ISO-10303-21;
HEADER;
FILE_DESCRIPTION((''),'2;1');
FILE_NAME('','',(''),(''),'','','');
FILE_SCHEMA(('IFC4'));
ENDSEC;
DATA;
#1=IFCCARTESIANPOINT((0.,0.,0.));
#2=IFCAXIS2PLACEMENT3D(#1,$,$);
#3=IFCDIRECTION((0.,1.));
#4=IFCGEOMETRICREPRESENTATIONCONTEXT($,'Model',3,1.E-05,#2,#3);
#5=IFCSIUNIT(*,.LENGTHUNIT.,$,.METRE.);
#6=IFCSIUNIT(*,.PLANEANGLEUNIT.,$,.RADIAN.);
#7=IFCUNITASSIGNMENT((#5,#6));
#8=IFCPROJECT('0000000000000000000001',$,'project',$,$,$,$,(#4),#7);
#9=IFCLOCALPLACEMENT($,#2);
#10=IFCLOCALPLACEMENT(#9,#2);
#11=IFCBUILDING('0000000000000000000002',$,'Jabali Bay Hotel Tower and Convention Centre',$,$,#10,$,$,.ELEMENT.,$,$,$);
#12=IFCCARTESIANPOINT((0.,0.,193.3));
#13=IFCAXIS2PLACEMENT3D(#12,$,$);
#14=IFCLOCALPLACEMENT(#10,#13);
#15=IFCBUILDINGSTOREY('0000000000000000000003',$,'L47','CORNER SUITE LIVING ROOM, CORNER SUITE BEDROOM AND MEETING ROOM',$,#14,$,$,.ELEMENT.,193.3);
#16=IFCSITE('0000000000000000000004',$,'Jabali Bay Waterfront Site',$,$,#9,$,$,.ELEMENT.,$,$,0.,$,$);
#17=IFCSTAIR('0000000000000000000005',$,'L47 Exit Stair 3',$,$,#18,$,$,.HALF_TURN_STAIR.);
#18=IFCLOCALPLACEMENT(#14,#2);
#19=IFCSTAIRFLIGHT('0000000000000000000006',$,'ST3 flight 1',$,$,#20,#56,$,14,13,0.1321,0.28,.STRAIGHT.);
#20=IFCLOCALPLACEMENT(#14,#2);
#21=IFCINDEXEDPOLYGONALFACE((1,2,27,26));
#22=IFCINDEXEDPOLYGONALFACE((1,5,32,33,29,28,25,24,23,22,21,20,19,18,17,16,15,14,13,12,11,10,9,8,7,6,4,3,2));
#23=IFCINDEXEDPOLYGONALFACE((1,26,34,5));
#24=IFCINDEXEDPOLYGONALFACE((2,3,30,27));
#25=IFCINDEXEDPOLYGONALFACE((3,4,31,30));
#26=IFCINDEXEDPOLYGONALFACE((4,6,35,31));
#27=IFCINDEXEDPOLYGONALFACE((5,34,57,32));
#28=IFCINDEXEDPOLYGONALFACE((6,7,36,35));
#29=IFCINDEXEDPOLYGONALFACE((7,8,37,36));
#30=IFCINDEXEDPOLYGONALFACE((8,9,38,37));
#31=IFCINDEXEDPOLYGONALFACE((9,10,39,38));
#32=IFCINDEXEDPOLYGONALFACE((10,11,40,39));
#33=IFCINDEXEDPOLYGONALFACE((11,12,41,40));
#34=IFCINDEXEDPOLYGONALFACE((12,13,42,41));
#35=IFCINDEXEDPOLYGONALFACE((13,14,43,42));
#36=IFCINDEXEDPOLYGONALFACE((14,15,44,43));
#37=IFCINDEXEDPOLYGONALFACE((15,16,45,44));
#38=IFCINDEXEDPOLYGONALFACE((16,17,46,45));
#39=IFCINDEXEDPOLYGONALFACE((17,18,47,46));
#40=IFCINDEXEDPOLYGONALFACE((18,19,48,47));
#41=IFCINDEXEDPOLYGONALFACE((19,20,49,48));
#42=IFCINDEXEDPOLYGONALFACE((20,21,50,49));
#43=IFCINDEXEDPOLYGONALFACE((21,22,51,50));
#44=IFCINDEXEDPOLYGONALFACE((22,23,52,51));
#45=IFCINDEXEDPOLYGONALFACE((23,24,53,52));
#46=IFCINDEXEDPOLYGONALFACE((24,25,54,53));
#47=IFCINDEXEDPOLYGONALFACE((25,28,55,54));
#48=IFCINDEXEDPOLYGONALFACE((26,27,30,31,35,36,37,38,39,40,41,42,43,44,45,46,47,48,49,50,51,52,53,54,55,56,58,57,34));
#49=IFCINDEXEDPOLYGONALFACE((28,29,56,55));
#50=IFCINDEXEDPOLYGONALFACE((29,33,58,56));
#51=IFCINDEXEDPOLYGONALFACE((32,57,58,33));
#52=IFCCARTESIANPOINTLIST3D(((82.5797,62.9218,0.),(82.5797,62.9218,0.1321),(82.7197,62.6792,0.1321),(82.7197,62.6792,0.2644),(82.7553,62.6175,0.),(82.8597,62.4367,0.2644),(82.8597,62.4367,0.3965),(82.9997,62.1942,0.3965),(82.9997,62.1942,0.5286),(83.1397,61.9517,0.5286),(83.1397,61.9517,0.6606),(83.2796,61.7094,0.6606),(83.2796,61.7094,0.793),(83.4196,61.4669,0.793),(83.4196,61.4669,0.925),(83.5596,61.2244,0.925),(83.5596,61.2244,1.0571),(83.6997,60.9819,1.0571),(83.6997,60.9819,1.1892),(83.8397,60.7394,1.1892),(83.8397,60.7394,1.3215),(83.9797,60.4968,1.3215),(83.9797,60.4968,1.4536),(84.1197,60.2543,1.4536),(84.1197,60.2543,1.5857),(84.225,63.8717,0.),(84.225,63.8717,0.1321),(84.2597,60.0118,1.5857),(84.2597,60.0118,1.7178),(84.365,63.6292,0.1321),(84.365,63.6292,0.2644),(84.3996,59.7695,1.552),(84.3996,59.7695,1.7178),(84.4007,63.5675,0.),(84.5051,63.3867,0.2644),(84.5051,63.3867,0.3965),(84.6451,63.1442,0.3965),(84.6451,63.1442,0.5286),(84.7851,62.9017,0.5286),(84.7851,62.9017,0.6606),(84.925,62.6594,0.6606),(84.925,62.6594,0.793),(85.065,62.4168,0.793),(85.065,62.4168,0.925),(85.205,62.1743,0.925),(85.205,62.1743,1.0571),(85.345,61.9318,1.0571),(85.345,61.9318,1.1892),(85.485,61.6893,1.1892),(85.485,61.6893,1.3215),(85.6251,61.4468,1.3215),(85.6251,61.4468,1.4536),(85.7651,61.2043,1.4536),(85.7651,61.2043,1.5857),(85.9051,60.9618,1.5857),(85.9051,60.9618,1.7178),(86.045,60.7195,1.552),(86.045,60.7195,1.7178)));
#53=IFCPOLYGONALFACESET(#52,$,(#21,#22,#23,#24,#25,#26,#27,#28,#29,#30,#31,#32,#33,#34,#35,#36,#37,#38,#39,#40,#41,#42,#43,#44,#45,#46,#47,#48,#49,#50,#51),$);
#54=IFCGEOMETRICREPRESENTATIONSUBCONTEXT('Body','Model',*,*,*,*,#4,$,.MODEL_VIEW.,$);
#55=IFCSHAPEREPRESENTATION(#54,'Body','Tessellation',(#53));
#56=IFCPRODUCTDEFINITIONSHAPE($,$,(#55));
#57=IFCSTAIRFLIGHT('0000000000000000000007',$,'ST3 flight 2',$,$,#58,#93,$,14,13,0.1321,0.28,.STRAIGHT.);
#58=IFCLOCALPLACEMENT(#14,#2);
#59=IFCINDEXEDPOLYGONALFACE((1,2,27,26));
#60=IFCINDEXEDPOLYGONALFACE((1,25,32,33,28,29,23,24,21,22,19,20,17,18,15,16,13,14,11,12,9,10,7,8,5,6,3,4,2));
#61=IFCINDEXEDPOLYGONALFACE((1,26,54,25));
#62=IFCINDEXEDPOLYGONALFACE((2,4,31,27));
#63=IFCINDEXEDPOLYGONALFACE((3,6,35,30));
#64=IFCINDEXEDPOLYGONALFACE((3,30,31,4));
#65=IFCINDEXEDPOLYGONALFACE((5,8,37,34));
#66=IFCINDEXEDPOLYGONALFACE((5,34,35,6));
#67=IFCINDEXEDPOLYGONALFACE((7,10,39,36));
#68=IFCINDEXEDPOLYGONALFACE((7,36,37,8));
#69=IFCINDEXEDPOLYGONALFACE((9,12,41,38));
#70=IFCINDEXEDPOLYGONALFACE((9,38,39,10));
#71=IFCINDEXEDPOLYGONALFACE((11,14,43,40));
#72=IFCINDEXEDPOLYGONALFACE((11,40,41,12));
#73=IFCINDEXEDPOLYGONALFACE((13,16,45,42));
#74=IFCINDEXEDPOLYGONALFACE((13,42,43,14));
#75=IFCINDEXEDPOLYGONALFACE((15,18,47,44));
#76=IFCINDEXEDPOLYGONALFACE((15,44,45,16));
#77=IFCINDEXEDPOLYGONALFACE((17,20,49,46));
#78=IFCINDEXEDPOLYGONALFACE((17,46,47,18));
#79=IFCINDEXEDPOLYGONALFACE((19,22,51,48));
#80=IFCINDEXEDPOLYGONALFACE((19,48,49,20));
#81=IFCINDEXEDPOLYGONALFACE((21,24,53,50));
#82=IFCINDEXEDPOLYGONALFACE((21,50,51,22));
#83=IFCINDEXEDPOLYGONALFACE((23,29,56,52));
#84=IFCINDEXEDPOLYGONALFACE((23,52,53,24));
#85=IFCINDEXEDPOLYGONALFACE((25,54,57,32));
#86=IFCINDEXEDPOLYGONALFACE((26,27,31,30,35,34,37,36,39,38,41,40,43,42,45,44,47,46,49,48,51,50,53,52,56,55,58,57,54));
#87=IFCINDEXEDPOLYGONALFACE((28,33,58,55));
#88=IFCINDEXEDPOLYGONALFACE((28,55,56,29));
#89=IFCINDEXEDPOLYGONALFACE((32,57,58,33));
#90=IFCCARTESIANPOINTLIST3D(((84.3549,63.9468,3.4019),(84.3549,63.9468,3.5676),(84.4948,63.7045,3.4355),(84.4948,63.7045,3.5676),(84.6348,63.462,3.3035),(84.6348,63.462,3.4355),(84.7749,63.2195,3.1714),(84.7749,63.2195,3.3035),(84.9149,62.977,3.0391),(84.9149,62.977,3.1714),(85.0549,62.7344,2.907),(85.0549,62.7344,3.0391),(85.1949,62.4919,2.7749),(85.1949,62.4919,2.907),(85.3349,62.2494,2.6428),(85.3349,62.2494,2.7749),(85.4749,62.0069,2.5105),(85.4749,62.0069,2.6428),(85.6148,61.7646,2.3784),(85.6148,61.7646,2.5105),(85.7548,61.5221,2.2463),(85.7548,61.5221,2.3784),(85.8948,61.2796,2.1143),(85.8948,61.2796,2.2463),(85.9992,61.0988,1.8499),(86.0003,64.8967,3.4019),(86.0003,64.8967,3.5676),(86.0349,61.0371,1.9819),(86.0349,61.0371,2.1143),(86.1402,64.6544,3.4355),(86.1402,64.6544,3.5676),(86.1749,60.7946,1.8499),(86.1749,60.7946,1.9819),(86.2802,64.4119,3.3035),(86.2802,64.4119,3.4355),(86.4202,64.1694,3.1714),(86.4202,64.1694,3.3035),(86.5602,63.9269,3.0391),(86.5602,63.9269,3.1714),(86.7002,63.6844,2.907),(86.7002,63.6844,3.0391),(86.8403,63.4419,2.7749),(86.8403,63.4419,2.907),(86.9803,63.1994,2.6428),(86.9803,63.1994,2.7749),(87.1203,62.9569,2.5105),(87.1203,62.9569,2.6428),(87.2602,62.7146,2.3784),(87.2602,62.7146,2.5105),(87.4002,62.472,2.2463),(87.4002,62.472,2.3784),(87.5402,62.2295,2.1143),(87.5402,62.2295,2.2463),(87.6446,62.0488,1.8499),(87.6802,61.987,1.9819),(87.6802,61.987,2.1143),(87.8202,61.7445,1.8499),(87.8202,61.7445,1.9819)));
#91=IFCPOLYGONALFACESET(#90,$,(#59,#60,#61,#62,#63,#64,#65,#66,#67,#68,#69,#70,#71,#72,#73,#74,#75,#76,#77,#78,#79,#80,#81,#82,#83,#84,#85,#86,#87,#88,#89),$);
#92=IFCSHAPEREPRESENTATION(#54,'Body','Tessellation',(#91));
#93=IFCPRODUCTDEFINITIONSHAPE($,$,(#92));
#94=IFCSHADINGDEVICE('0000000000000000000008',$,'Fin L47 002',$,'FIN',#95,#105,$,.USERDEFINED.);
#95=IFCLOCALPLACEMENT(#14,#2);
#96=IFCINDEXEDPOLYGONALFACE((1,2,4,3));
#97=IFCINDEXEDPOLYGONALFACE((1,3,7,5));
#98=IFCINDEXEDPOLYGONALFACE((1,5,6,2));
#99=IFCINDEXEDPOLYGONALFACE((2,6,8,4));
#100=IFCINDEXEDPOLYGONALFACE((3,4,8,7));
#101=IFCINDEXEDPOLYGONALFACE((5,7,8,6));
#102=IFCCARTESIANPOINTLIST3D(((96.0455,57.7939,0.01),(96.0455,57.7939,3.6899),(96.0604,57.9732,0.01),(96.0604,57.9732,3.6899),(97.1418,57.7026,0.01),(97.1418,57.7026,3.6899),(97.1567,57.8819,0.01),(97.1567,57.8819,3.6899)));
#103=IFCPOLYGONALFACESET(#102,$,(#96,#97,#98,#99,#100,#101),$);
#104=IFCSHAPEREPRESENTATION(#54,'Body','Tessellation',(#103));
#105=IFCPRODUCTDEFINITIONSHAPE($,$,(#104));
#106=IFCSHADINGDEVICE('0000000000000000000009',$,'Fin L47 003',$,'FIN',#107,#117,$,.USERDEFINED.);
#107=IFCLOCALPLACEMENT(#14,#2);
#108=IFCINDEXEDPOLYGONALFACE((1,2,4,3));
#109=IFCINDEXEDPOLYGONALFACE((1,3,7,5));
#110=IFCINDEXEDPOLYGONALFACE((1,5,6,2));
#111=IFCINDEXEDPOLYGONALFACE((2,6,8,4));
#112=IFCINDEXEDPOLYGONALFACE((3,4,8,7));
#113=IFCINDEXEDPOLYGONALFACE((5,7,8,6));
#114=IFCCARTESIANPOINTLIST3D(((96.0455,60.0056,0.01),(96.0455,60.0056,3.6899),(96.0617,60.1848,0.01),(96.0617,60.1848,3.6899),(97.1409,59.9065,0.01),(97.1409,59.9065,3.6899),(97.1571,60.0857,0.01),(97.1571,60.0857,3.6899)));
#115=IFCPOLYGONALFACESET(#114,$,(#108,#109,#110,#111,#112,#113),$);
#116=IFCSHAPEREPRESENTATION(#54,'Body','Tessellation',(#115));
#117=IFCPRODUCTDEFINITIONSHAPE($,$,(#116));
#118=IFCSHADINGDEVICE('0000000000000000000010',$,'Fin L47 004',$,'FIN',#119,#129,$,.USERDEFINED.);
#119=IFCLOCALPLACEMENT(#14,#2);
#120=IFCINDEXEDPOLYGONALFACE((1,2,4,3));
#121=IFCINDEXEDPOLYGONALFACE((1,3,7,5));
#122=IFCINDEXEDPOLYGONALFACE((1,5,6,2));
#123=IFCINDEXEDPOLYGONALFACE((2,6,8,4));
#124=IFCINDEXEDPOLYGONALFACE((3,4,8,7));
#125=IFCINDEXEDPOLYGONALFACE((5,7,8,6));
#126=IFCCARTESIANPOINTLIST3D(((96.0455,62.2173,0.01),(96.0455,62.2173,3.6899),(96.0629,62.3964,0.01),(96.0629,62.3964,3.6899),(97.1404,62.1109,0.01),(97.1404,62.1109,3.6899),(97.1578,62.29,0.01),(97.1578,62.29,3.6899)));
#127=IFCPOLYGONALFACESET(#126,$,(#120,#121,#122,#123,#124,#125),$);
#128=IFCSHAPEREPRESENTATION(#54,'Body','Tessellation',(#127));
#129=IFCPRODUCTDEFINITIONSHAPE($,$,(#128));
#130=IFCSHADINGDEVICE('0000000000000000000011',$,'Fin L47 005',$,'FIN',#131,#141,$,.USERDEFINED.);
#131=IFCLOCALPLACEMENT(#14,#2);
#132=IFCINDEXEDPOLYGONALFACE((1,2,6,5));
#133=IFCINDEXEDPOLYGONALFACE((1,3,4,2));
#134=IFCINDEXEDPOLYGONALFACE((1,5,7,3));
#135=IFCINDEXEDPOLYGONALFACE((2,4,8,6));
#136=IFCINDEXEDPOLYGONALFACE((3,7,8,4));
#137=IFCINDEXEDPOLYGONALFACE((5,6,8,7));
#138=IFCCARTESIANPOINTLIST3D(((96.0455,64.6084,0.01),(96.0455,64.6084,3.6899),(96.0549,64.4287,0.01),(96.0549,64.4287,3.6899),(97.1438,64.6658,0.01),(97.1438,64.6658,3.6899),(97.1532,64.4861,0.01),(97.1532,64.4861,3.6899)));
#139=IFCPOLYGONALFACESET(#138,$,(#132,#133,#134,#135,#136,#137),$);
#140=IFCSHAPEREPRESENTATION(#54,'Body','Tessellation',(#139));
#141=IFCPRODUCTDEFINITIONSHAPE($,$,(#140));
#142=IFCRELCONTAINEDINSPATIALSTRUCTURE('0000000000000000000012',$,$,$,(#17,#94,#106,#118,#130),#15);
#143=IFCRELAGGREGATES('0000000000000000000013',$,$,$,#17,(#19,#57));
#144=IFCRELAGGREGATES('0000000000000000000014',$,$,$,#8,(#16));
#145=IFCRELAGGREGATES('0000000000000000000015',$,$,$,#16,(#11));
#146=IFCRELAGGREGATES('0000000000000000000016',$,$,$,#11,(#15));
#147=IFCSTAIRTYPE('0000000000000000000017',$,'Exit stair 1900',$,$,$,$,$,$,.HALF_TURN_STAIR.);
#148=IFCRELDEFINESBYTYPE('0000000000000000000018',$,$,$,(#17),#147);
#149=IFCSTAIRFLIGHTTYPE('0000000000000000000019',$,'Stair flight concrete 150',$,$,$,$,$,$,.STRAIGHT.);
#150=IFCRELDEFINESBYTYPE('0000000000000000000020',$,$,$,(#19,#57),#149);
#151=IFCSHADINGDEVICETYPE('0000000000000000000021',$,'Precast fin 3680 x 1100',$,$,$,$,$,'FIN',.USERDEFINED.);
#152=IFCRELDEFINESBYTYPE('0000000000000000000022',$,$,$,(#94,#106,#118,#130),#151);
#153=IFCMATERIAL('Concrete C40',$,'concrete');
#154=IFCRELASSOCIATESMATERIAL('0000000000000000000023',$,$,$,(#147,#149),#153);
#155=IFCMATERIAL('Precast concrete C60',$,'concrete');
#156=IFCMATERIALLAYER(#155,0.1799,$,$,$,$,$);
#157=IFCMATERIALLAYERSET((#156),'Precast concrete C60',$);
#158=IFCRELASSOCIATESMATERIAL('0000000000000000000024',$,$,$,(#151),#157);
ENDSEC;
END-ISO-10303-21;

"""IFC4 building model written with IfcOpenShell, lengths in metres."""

from ifc_helpers import new_model, si_unit, direction, frame, frame_2d, origin, place, context, subcontext, project, spatial, polyline, rectangle, outline, extrude, material, layer, layer_set, type_object, element, aggregate, save


model = new_model("IFC4")

# Units and contexts
model_context = context("Model", 3, precision=1e-05, world=origin(), true_north=direction((0.0, 1.0)))
body_context = subcontext(model_context, "Body", "Model", "MODEL_VIEW")
ifc_project = project(units=[si_unit("LENGTHUNIT", "METRE"), si_unit("PLANEANGLEUNIT", "RADIAN")], contexts=[model_context])

# Site, building, storey
site_placement = place(None, origin())
site = spatial("IfcSite", under=ifc_project, at=site_placement, Name="Jabali Bay Waterfront Site", CompositionType="ELEMENT", RefElevation=0.0)
building_placement = place(site_placement, origin())
building = spatial("IfcBuilding", under=site, at=building_placement, Name="Jabali Bay Hotel Tower and Convention Centre", CompositionType="ELEMENT")
storey_placement = place(building_placement, frame((0.0, 0.0, 193.3)))
storey = spatial("IfcBuildingStorey", under=building, at=storey_placement, Name="L47", Description="CORNER SUITE LIVING ROOM, CORNER SUITE BEDROOM AND MEETING ROOM", CompositionType="ELEMENT", Elevation=193.3)

# Shared definitions
ifc_material_1 = material(Name="Concrete C40", Category="concrete")

# Stair, stair flights
stair_type = type_object("IfcStairType", Name="Exit stair 1900", PredefinedType="HALF_TURN_STAIR", material=ifc_material_1)
stair_placement = place(storey_placement, origin())
stair = element("IfcStair", 1, at=stair_placement, inside=storey, type_object=stair_type, Name="L47 Exit Stair 3", PredefinedType="HALF_TURN_STAIR")
stair_flight_type = type_object("IfcStairFlightType", Name="Stair flight concrete 150", PredefinedType="STRAIGHT", material=ifc_material_1)
stair_flight_1_placement = place(storey_placement, frame((83.4023, 63.3967, 0.0), z_axis=(0.0, 0.0, 1.0), x_axis=(0.5, -0.866025, 0.0)))
stair_flight_1 = element("IfcStairFlight", 2, at=stair_flight_1_placement, type_object=stair_flight_type, Name="ST3 flight 1", NumberOfRisers=14, NumberOfTreads=13, PredefinedType="STRAIGHT", RiserHeight=0.1321, TreadLength=0.28, context=body_context, shape_type="SweptSolid", body=[
    extrude(outline(polyline([(0.0, 0.0), (0.0, 0.1321), (0.28, 0.1321), (0.28, 0.2644), (0.5601, 0.2644), (0.5601, 0.3965), (0.8401, 0.3965), (0.8401, 0.5286), (1.1201, 0.5286), (1.1201, 0.6606), (1.3999, 0.6606), (1.3999, 0.793), (1.6799, 0.793), (1.6799, 0.925), (1.96, 0.925), (1.96, 1.0571), (2.24, 1.0571), (2.24, 1.1892), (2.52, 1.1892), (2.52, 1.3215), (2.8, 1.3215), (2.8, 1.4536), (3.0801, 1.4536), (3.0801, 1.5857), (3.3601, 1.5857), (3.3601, 1.7178), (3.6399, 1.7178), (3.6399, 1.8501), (3.6399, 1.552), (0.3513, 0.0), (0.0, 0.0)])), frame((0.0, 0.95, 0.0), z_axis=(0.0, -1.0, 0.0), x_axis=(1.0, 0.0, 0.0)), (0.0, 0.0, 1.0), 1.8999),
])
stair_flight_2_placement = place(storey_placement, frame((86.9976, 61.2695, 1.8499), z_axis=(0.0, 0.0, 1.0), x_axis=(-0.5, 0.866025, 0.0)))
stair_flight_2 = element("IfcStairFlight", 3, at=stair_flight_2_placement, type_object=stair_flight_type, Name="ST3 flight 2", NumberOfRisers=14, NumberOfTreads=13, PredefinedType="STRAIGHT", RiserHeight=0.1321, TreadLength=0.28, context=body_context, shape_type="SweptSolid", body=[
    extrude(outline(polyline([(0.0, 0.0), (0.0, 0.1321), (0.28, 0.1321), (0.28, 0.2644), (0.5601, 0.2644), (0.5601, 0.3965), (0.8401, 0.3965), (0.8401, 0.5286), (1.1201, 0.5286), (1.1201, 0.6606), (1.3999, 0.6606), (1.3999, 0.793), (1.6799, 0.793), (1.6799, 0.925), (1.96, 0.925), (1.96, 1.0571), (2.24, 1.0571), (2.24, 1.1892), (2.52, 1.1892), (2.52, 1.3215), (2.8, 1.3215), (2.8, 1.4536), (3.0801, 1.4536), (3.0801, 1.5857), (3.3601, 1.5857), (3.3601, 1.7178), (3.6399, 1.7178), (3.6399, 1.8501), (3.6399, 1.552), (0.3513, 0.0), (0.0, 0.0)])), frame((0.0, 0.95, 0.0), z_axis=(0.0, -1.0, 0.0), x_axis=(1.0, 0.0, 0.0)), (0.0, 0.0, 1.0), 1.8999),
])
aggregate(stair, [stair_flight_1, stair_flight_2])

# Shading devices
ifc_material_2 = material(Name="Precast concrete C60", Category="concrete")
ifc_layer_1 = layer(ifc_material_2, 0.1799)
ifc_layer_set_1 = layer_set([ifc_layer_1], Name="Precast concrete C60")
shading_device_type = type_object("IfcShadingDeviceType", Name="Precast fin 3680 x 1100", ElementType="FIN", PredefinedType="USERDEFINED", material=ifc_layer_set_1)
shading_device_1_placement = place(storey_placement, frame((96.053, 57.8835, 0.01), z_axis=(0.0, 0.0, 1.0), x_axis=(0.996549, -0.083009, 0.0)))
element("IfcShadingDevice", 4, at=shading_device_1_placement, inside=storey, type_object=shading_device_type, Name="Fin L47 002", ObjectType="FIN", PredefinedType="USERDEFINED", context=body_context, shape_type="SweptSolid", body=[
    extrude(rectangle(XDim=1.1001, YDim=0.1799, at=frame_2d((0.55, 0.0))), origin(), (0.0, 0.0, 1.0), 3.6799),
])
shading_device_2_placement = place(storey_placement, frame((96.0537, 60.0952, 0.01), z_axis=(0.0, 0.0, 1.0), x_axis=(0.995931, -0.090115, 0.0)))
element("IfcShadingDevice", 5, at=shading_device_2_placement, inside=storey, type_object=shading_device_type, Name="Fin L47 003", ObjectType="FIN", PredefinedType="USERDEFINED", context=body_context, shape_type="SweptSolid", body=[
    extrude(rectangle(XDim=1.0999, YDim=0.1799, at=frame_2d((0.5498, 0.0))), origin(), (0.0, 0.0, 1.0), 3.6799),
])
shading_device_3_placement = place(storey_placement, frame((96.0542, 62.3069, 0.01), z_axis=(0.0, 0.0, 1.0), x_axis=(0.995308, -0.096757, 0.0)))
element("IfcShadingDevice", 6, at=shading_device_3_placement, inside=storey, type_object=shading_device_type, Name="Fin L47 004", ObjectType="FIN", PredefinedType="USERDEFINED", context=body_context, shape_type="SweptSolid", body=[
    extrude(rectangle(XDim=1.1001, YDim=0.1799, at=frame_2d((0.55, 0.0))), origin(), (0.0, 0.0, 1.0), 3.6799),
])
shading_device_4_placement = place(storey_placement, frame((96.0503, 64.5186, 0.01), z_axis=(0.0, 0.0, 1.0), x_axis=(0.998639, 0.052163, 0.0)))
element("IfcShadingDevice", 7, at=shading_device_4_placement, inside=storey, type_object=shading_device_type, Name="Fin L47 005", ObjectType="FIN", PredefinedType="USERDEFINED", context=body_context, shape_type="SweptSolid", body=[
    extrude(rectangle(XDim=1.0999, YDim=0.1799, at=frame_2d((0.5498, 0.0))), origin(), (0.0, 0.0, 1.0), 3.6799),
])

save(model, "model.ifc")
